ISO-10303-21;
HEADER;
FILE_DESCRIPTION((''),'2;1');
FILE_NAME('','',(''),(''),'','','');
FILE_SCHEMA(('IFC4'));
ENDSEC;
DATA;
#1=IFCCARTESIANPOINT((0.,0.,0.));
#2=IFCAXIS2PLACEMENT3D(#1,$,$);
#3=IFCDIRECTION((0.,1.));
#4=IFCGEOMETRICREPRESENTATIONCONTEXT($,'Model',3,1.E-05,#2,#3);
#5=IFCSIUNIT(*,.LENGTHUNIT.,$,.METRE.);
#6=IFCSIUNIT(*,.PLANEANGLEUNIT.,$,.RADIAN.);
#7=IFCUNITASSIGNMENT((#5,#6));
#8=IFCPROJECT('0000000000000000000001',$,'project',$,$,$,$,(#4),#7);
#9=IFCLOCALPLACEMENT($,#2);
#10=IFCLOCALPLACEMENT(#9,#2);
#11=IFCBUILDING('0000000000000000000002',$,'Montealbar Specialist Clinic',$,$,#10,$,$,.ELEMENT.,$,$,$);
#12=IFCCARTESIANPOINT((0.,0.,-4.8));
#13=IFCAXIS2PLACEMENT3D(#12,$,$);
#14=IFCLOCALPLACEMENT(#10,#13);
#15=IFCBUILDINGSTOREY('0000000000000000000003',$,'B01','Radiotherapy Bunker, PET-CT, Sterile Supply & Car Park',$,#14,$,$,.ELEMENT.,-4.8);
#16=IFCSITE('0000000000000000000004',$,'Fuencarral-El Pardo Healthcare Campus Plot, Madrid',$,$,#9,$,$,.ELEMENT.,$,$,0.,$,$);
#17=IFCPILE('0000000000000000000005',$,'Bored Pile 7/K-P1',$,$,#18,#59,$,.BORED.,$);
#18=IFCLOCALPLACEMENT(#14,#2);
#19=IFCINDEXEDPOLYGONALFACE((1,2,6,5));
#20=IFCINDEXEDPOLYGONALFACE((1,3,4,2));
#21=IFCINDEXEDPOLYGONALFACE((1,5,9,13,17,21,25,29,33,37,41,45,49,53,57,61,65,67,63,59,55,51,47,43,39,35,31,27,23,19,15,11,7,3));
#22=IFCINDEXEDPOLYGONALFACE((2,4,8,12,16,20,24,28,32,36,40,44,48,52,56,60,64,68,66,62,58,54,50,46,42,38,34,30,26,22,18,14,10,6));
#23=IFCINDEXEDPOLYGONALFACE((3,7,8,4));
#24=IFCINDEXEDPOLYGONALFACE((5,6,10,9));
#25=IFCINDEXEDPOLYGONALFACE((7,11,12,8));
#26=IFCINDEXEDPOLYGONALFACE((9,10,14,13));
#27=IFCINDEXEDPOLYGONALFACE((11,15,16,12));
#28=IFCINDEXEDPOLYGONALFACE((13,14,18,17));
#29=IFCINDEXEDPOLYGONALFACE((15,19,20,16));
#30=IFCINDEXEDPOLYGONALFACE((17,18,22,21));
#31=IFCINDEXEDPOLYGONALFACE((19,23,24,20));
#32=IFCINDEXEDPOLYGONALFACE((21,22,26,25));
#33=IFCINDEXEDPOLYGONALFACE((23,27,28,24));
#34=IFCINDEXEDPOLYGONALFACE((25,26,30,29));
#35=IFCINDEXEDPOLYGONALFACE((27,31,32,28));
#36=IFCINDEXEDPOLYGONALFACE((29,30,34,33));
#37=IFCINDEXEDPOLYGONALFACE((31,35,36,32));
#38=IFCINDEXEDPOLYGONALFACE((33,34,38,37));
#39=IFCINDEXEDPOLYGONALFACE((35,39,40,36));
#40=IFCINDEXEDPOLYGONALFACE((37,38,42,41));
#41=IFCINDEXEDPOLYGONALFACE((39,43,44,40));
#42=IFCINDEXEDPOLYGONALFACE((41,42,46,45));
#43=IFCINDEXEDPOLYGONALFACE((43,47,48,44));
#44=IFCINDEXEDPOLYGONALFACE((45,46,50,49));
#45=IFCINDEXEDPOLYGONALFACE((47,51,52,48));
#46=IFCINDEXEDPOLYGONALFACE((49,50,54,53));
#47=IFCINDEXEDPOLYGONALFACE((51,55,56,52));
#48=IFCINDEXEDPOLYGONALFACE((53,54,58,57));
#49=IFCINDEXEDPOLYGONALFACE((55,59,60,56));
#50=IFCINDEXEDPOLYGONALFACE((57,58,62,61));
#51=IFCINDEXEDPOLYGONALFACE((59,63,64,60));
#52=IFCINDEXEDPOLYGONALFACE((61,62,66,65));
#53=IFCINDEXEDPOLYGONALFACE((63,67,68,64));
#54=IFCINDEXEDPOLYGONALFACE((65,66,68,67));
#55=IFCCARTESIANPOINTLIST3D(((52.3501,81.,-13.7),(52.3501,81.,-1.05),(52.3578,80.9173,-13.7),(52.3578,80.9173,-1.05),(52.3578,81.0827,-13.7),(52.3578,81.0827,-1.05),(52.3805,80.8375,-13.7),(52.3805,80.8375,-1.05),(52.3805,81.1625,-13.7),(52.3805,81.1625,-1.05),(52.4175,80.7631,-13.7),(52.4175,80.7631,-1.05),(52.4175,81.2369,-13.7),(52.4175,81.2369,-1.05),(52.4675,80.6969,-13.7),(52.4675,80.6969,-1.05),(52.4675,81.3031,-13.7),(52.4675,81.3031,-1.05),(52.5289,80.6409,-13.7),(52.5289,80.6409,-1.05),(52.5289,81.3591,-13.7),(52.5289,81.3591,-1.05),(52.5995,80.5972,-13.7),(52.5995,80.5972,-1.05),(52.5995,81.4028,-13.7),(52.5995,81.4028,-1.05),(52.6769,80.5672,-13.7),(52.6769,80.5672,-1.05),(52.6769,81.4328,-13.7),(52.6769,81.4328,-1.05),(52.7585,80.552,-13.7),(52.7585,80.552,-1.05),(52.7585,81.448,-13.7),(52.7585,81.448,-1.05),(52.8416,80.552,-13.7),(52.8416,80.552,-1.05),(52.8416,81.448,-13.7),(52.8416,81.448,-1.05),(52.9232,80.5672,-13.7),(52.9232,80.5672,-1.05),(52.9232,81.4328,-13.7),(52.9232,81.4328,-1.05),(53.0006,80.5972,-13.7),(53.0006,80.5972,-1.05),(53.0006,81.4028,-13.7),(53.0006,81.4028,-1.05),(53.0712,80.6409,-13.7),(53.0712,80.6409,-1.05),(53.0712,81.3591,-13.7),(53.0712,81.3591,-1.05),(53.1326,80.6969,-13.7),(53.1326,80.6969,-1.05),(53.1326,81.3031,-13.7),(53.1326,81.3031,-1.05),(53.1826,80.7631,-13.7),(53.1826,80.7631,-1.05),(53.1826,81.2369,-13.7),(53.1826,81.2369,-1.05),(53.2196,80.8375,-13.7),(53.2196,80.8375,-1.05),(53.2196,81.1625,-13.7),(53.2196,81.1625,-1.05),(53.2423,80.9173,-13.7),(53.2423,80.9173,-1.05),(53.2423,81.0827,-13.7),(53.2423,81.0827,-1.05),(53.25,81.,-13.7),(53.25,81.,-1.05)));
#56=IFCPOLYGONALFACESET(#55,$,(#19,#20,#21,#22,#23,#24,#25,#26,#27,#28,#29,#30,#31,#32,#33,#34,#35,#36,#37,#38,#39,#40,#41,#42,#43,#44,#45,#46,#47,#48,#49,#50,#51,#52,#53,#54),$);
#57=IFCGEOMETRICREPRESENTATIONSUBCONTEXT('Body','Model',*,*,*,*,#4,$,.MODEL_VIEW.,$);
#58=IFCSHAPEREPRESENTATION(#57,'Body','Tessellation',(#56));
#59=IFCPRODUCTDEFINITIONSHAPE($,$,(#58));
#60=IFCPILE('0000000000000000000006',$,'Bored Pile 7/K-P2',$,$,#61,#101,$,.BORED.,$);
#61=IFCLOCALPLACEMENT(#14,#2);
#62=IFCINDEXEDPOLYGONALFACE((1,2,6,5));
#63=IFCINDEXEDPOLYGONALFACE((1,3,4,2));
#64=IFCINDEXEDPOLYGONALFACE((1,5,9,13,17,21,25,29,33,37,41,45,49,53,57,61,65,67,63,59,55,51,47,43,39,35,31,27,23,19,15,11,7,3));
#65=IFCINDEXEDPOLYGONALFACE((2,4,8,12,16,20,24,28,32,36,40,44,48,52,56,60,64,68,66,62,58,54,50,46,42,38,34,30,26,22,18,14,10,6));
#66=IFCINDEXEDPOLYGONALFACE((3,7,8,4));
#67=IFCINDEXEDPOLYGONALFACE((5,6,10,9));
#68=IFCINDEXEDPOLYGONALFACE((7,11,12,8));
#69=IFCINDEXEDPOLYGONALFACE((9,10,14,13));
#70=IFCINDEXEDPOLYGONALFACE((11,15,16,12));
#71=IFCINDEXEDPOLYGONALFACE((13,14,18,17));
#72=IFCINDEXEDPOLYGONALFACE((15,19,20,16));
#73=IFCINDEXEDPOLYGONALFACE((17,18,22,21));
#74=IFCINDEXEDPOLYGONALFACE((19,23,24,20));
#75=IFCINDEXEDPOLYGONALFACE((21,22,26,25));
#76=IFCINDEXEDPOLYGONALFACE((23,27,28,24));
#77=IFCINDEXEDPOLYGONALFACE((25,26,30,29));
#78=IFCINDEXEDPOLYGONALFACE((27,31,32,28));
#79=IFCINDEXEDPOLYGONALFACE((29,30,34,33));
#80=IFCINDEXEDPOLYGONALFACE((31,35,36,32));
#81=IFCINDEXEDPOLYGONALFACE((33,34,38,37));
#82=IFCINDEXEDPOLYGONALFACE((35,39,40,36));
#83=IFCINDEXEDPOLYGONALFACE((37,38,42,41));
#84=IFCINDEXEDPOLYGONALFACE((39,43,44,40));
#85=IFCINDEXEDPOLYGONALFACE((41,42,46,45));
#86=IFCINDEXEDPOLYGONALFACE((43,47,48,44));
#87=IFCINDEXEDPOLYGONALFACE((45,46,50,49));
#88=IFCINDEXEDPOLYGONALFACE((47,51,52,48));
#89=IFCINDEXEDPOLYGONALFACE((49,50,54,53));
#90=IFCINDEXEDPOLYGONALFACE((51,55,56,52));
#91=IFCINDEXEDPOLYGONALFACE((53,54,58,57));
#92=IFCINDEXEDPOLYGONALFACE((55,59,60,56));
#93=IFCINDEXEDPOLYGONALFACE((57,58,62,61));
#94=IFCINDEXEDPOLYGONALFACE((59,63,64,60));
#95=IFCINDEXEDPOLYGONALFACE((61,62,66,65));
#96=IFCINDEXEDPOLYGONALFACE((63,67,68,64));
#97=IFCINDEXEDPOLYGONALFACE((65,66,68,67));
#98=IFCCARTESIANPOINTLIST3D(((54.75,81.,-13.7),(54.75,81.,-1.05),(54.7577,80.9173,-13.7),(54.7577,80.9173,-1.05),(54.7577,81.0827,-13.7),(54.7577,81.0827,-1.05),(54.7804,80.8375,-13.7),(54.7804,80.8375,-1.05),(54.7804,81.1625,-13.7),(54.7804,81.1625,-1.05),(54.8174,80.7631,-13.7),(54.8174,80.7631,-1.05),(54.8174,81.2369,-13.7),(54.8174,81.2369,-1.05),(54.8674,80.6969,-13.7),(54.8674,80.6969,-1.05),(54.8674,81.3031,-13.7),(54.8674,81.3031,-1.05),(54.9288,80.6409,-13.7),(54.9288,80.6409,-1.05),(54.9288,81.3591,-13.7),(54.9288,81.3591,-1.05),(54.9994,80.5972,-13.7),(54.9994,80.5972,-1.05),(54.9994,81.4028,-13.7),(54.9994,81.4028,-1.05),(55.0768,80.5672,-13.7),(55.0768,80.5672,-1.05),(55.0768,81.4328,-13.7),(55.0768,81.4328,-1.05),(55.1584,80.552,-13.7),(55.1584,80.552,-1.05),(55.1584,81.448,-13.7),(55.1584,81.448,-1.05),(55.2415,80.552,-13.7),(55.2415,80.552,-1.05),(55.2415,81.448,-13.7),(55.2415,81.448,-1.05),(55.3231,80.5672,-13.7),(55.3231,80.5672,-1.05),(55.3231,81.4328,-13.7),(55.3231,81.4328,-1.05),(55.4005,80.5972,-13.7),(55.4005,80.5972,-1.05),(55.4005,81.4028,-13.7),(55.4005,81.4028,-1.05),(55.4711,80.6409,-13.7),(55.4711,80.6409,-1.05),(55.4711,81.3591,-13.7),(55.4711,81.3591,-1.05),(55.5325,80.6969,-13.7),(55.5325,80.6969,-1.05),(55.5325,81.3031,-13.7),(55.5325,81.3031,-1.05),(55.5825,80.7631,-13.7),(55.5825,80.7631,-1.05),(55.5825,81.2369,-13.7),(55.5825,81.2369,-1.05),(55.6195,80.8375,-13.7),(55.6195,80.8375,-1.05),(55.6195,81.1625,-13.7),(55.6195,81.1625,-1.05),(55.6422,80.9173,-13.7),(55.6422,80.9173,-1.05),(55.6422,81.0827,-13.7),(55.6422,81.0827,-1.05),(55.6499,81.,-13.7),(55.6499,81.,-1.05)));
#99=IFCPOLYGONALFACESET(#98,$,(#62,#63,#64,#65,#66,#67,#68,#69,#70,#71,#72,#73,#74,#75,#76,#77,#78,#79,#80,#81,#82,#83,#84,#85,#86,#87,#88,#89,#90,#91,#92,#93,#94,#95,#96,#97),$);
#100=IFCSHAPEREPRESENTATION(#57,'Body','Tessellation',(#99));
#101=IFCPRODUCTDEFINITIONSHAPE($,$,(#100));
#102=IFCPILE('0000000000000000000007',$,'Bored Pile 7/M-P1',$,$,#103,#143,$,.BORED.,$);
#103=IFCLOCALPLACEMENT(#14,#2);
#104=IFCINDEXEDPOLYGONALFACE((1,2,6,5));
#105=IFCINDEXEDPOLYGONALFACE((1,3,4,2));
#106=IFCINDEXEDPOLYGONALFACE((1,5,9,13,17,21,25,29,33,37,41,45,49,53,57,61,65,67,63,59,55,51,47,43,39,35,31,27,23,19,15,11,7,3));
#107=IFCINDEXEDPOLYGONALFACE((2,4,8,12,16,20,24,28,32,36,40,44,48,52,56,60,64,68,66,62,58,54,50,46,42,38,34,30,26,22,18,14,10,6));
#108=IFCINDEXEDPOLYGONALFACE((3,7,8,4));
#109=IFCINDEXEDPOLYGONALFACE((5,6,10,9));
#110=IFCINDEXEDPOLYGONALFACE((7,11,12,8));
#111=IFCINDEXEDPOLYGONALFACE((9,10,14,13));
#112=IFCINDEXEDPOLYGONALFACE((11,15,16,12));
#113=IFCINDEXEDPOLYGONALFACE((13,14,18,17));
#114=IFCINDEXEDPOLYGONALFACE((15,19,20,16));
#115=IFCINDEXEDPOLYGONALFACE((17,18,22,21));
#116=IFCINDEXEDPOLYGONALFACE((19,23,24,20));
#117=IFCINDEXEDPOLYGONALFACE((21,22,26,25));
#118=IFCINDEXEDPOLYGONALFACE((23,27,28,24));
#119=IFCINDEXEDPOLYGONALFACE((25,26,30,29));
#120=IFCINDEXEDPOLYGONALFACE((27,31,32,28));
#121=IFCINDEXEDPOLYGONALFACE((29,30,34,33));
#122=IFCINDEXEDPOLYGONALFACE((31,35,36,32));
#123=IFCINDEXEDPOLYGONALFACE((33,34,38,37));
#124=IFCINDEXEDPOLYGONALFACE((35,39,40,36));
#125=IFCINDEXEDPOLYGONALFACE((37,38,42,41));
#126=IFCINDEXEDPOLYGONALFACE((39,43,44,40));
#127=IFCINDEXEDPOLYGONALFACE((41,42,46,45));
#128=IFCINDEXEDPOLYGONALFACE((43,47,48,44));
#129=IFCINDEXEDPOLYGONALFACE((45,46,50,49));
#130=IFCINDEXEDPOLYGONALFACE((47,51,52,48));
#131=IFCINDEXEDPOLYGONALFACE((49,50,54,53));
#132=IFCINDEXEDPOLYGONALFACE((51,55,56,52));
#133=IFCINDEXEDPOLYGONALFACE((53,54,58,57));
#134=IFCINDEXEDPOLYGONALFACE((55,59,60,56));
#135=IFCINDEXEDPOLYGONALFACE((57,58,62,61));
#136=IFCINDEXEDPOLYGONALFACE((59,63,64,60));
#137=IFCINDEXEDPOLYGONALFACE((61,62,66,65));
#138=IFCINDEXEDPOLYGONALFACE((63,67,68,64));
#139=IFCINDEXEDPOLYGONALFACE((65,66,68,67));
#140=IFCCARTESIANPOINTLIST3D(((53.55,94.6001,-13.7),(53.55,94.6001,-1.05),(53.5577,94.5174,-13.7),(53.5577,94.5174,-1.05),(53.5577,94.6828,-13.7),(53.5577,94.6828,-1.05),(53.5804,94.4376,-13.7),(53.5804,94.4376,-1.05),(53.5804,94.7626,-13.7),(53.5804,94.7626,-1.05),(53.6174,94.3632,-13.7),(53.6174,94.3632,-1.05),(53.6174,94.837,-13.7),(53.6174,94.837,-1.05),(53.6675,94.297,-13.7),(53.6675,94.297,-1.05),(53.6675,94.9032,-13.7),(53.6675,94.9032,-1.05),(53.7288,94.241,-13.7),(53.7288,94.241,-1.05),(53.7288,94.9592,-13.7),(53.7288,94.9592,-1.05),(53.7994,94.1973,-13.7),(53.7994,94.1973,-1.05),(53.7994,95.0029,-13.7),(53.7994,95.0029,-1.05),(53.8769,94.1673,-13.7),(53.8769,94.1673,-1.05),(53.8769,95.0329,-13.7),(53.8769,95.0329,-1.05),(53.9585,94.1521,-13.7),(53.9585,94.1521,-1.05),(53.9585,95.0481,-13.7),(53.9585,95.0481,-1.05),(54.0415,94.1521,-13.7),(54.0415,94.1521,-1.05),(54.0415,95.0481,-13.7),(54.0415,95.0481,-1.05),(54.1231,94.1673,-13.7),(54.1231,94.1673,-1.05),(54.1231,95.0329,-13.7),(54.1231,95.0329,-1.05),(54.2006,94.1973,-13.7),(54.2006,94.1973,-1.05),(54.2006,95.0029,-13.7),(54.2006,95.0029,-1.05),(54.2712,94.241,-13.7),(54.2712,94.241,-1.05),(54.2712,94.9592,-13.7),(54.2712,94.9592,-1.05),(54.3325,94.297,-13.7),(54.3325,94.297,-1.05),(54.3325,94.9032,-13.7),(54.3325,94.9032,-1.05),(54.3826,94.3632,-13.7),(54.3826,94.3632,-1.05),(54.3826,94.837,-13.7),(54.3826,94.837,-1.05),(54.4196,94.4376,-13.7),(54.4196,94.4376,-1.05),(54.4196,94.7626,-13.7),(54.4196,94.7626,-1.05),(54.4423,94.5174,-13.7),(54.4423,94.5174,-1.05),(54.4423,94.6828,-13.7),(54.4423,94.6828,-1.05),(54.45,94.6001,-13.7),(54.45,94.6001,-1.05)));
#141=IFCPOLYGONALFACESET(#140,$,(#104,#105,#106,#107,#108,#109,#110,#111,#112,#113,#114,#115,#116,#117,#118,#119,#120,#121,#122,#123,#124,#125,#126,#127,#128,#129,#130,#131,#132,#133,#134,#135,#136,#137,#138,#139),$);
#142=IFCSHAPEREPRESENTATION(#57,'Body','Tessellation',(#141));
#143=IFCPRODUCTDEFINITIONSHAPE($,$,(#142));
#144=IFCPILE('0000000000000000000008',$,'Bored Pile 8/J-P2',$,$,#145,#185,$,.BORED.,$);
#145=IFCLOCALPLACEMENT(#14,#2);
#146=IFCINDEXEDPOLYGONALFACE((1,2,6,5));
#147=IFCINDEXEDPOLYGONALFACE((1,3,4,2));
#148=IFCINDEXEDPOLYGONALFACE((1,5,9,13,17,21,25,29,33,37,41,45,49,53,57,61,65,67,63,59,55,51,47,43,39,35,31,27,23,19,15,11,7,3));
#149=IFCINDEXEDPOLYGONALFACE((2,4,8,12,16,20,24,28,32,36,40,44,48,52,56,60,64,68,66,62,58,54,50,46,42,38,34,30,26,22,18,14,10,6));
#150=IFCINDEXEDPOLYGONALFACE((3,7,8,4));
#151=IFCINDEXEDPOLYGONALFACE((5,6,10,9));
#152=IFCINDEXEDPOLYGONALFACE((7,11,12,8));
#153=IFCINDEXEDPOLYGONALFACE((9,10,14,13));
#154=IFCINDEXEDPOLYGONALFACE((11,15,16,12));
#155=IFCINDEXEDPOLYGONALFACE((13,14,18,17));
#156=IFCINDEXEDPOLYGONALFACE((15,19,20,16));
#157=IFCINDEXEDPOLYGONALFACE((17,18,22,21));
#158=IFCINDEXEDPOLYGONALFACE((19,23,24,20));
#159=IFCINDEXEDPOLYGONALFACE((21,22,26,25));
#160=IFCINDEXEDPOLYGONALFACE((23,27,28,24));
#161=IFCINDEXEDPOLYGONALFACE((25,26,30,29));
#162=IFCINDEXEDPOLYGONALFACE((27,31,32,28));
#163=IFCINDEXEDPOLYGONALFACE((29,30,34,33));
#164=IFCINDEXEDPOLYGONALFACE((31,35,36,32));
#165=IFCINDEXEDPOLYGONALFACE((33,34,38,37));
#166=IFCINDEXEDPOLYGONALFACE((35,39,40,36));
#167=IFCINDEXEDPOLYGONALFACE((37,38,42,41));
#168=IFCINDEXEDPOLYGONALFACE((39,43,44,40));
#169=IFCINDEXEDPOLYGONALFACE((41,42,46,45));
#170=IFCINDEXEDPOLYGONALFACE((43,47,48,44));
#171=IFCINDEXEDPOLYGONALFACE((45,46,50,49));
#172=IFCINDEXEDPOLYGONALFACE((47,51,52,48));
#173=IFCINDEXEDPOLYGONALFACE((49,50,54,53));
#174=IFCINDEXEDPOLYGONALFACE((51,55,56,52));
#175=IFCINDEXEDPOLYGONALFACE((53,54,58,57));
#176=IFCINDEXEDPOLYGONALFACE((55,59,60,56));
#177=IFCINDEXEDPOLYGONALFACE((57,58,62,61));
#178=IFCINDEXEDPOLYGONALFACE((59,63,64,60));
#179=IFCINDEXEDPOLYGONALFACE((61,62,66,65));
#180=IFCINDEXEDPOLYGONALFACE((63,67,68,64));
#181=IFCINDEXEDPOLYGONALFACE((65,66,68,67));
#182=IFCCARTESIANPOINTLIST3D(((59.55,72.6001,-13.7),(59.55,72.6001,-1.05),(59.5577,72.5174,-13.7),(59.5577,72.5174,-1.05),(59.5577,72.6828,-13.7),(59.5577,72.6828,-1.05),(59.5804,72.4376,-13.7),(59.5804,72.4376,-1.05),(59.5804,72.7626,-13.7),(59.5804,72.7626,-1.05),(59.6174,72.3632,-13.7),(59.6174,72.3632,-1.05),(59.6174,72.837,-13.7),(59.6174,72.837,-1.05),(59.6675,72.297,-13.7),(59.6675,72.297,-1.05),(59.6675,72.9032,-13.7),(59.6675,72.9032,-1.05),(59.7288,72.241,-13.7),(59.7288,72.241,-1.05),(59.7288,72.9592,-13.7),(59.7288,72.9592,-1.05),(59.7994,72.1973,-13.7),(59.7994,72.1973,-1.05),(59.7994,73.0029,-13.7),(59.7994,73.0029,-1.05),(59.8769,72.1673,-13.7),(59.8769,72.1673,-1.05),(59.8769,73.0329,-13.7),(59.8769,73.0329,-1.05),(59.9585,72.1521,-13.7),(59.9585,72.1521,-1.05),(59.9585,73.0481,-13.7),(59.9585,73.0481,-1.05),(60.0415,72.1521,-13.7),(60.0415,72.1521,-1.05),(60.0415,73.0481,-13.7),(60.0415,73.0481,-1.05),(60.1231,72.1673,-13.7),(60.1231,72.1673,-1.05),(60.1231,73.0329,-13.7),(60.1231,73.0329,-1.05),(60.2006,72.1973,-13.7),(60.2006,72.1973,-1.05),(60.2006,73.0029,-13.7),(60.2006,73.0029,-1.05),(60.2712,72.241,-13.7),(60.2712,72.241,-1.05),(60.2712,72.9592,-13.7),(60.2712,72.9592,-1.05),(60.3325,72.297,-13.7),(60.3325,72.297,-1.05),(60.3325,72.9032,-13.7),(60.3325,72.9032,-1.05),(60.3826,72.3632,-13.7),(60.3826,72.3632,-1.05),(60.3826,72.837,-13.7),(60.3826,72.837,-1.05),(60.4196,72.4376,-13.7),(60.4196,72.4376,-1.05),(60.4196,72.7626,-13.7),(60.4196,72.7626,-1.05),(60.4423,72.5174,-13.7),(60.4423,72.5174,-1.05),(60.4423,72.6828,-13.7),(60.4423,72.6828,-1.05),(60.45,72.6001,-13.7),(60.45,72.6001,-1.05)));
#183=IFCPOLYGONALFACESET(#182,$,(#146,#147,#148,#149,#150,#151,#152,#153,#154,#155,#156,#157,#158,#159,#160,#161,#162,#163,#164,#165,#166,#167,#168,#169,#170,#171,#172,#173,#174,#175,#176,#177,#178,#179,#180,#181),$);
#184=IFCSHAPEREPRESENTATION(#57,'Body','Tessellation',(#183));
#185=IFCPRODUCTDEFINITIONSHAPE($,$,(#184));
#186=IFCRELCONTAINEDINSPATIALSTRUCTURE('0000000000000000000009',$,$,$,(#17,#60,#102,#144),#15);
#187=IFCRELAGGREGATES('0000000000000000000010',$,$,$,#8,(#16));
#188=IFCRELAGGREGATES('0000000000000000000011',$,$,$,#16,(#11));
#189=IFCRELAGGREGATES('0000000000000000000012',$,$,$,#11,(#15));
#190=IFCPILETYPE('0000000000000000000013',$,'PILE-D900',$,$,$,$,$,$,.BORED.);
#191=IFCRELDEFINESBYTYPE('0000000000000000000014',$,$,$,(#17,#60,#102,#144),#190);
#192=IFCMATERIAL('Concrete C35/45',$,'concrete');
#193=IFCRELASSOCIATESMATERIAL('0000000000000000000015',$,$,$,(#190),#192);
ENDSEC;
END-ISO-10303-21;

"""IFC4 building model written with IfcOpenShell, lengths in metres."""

from ifc_helpers import new_model, si_unit, direction, frame, origin, origin_2d, place, context, subcontext, project, spatial, circle, extrude, material, material_profile, profile_set, type_object, element, save


model = new_model("IFC4")

# Units and contexts
model_context = context("Model", 3, precision=1e-05, world=origin(), true_north=direction((0.0, 1.0)))
body_context = subcontext(model_context, "Body", "Model", "MODEL_VIEW")
ifc_project = project(units=[si_unit("LENGTHUNIT", "METRE"), si_unit("PLANEANGLEUNIT", "RADIAN")], contexts=[model_context])

# Site, building, storey
site_placement = place(None, origin())
site = spatial("IfcSite", under=ifc_project, at=site_placement, Name="Fuencarral-El Pardo Healthcare Campus Plot, Madrid", CompositionType="ELEMENT", RefElevation=0.0)
building_placement = place(site_placement, origin())
building = spatial("IfcBuilding", under=site, at=building_placement, Name="Montealbar Specialist Clinic", CompositionType="ELEMENT")
storey_placement = place(building_placement, frame((0.0, 0.0, -4.8)))
storey = spatial("IfcBuildingStorey", under=building, at=storey_placement, Name="B01", Description="Radiotherapy Bunker, PET-CT, Sterile Supply & Car Park", CompositionType="ELEMENT", Elevation=-4.8)

# Shared definitions
ifc_material_1 = material(Name="Concrete C35/45", Category="concrete")

# Piles
ifc_material_profile_1 = material_profile(ifc_material_1, circle(Radius=0.45, at=origin_2d()), Name="PILE D900", Category="concrete")
ifc_profile_set_1 = profile_set([ifc_material_profile_1], Name="Concrete C35/45")
pile_type_1 = type_object("IfcPileType", Name="PILE-D900", PredefinedType="BORED", material=ifc_profile_set_1)
for number, where, z_axis, x_axis, name in (
    (1, (52.8, 81.0, -1.05), (0.0, 0.0, -1.0), (1.0, 0.0, 0.0), "Bored Pile 7/K-P1"),
    (2, (55.2, 81.0, -1.05), (0.0, 0.0, -1.0), (1.0, 0.0, 0.0), "Bored Pile 7/K-P2"),
    (3, (54.0, 94.6001, -1.05), (0.0, 0.0, -1.0), (1.0, 0.0, 0.0), "Bored Pile 7/M-P1"),
    (4, (60.0, 72.6001, -1.05), (0.0, 0.0, -1.0), (1.0, 0.0, 0.0), "Bored Pile 8/J-P2"),
):
    element("IfcPile", number, at=place(storey_placement, frame(where, z_axis=z_axis, x_axis=x_axis)), inside=storey, type_object=pile_type_1, Name=name, PredefinedType="BORED", context=body_context, shape_type="SweptSolid", body=[
        extrude(circle(Radius=0.45, at=origin_2d()), origin(), (0.0, 0.0, 1.0), 12.6499),
    ])

save(model, "model.ifc")
